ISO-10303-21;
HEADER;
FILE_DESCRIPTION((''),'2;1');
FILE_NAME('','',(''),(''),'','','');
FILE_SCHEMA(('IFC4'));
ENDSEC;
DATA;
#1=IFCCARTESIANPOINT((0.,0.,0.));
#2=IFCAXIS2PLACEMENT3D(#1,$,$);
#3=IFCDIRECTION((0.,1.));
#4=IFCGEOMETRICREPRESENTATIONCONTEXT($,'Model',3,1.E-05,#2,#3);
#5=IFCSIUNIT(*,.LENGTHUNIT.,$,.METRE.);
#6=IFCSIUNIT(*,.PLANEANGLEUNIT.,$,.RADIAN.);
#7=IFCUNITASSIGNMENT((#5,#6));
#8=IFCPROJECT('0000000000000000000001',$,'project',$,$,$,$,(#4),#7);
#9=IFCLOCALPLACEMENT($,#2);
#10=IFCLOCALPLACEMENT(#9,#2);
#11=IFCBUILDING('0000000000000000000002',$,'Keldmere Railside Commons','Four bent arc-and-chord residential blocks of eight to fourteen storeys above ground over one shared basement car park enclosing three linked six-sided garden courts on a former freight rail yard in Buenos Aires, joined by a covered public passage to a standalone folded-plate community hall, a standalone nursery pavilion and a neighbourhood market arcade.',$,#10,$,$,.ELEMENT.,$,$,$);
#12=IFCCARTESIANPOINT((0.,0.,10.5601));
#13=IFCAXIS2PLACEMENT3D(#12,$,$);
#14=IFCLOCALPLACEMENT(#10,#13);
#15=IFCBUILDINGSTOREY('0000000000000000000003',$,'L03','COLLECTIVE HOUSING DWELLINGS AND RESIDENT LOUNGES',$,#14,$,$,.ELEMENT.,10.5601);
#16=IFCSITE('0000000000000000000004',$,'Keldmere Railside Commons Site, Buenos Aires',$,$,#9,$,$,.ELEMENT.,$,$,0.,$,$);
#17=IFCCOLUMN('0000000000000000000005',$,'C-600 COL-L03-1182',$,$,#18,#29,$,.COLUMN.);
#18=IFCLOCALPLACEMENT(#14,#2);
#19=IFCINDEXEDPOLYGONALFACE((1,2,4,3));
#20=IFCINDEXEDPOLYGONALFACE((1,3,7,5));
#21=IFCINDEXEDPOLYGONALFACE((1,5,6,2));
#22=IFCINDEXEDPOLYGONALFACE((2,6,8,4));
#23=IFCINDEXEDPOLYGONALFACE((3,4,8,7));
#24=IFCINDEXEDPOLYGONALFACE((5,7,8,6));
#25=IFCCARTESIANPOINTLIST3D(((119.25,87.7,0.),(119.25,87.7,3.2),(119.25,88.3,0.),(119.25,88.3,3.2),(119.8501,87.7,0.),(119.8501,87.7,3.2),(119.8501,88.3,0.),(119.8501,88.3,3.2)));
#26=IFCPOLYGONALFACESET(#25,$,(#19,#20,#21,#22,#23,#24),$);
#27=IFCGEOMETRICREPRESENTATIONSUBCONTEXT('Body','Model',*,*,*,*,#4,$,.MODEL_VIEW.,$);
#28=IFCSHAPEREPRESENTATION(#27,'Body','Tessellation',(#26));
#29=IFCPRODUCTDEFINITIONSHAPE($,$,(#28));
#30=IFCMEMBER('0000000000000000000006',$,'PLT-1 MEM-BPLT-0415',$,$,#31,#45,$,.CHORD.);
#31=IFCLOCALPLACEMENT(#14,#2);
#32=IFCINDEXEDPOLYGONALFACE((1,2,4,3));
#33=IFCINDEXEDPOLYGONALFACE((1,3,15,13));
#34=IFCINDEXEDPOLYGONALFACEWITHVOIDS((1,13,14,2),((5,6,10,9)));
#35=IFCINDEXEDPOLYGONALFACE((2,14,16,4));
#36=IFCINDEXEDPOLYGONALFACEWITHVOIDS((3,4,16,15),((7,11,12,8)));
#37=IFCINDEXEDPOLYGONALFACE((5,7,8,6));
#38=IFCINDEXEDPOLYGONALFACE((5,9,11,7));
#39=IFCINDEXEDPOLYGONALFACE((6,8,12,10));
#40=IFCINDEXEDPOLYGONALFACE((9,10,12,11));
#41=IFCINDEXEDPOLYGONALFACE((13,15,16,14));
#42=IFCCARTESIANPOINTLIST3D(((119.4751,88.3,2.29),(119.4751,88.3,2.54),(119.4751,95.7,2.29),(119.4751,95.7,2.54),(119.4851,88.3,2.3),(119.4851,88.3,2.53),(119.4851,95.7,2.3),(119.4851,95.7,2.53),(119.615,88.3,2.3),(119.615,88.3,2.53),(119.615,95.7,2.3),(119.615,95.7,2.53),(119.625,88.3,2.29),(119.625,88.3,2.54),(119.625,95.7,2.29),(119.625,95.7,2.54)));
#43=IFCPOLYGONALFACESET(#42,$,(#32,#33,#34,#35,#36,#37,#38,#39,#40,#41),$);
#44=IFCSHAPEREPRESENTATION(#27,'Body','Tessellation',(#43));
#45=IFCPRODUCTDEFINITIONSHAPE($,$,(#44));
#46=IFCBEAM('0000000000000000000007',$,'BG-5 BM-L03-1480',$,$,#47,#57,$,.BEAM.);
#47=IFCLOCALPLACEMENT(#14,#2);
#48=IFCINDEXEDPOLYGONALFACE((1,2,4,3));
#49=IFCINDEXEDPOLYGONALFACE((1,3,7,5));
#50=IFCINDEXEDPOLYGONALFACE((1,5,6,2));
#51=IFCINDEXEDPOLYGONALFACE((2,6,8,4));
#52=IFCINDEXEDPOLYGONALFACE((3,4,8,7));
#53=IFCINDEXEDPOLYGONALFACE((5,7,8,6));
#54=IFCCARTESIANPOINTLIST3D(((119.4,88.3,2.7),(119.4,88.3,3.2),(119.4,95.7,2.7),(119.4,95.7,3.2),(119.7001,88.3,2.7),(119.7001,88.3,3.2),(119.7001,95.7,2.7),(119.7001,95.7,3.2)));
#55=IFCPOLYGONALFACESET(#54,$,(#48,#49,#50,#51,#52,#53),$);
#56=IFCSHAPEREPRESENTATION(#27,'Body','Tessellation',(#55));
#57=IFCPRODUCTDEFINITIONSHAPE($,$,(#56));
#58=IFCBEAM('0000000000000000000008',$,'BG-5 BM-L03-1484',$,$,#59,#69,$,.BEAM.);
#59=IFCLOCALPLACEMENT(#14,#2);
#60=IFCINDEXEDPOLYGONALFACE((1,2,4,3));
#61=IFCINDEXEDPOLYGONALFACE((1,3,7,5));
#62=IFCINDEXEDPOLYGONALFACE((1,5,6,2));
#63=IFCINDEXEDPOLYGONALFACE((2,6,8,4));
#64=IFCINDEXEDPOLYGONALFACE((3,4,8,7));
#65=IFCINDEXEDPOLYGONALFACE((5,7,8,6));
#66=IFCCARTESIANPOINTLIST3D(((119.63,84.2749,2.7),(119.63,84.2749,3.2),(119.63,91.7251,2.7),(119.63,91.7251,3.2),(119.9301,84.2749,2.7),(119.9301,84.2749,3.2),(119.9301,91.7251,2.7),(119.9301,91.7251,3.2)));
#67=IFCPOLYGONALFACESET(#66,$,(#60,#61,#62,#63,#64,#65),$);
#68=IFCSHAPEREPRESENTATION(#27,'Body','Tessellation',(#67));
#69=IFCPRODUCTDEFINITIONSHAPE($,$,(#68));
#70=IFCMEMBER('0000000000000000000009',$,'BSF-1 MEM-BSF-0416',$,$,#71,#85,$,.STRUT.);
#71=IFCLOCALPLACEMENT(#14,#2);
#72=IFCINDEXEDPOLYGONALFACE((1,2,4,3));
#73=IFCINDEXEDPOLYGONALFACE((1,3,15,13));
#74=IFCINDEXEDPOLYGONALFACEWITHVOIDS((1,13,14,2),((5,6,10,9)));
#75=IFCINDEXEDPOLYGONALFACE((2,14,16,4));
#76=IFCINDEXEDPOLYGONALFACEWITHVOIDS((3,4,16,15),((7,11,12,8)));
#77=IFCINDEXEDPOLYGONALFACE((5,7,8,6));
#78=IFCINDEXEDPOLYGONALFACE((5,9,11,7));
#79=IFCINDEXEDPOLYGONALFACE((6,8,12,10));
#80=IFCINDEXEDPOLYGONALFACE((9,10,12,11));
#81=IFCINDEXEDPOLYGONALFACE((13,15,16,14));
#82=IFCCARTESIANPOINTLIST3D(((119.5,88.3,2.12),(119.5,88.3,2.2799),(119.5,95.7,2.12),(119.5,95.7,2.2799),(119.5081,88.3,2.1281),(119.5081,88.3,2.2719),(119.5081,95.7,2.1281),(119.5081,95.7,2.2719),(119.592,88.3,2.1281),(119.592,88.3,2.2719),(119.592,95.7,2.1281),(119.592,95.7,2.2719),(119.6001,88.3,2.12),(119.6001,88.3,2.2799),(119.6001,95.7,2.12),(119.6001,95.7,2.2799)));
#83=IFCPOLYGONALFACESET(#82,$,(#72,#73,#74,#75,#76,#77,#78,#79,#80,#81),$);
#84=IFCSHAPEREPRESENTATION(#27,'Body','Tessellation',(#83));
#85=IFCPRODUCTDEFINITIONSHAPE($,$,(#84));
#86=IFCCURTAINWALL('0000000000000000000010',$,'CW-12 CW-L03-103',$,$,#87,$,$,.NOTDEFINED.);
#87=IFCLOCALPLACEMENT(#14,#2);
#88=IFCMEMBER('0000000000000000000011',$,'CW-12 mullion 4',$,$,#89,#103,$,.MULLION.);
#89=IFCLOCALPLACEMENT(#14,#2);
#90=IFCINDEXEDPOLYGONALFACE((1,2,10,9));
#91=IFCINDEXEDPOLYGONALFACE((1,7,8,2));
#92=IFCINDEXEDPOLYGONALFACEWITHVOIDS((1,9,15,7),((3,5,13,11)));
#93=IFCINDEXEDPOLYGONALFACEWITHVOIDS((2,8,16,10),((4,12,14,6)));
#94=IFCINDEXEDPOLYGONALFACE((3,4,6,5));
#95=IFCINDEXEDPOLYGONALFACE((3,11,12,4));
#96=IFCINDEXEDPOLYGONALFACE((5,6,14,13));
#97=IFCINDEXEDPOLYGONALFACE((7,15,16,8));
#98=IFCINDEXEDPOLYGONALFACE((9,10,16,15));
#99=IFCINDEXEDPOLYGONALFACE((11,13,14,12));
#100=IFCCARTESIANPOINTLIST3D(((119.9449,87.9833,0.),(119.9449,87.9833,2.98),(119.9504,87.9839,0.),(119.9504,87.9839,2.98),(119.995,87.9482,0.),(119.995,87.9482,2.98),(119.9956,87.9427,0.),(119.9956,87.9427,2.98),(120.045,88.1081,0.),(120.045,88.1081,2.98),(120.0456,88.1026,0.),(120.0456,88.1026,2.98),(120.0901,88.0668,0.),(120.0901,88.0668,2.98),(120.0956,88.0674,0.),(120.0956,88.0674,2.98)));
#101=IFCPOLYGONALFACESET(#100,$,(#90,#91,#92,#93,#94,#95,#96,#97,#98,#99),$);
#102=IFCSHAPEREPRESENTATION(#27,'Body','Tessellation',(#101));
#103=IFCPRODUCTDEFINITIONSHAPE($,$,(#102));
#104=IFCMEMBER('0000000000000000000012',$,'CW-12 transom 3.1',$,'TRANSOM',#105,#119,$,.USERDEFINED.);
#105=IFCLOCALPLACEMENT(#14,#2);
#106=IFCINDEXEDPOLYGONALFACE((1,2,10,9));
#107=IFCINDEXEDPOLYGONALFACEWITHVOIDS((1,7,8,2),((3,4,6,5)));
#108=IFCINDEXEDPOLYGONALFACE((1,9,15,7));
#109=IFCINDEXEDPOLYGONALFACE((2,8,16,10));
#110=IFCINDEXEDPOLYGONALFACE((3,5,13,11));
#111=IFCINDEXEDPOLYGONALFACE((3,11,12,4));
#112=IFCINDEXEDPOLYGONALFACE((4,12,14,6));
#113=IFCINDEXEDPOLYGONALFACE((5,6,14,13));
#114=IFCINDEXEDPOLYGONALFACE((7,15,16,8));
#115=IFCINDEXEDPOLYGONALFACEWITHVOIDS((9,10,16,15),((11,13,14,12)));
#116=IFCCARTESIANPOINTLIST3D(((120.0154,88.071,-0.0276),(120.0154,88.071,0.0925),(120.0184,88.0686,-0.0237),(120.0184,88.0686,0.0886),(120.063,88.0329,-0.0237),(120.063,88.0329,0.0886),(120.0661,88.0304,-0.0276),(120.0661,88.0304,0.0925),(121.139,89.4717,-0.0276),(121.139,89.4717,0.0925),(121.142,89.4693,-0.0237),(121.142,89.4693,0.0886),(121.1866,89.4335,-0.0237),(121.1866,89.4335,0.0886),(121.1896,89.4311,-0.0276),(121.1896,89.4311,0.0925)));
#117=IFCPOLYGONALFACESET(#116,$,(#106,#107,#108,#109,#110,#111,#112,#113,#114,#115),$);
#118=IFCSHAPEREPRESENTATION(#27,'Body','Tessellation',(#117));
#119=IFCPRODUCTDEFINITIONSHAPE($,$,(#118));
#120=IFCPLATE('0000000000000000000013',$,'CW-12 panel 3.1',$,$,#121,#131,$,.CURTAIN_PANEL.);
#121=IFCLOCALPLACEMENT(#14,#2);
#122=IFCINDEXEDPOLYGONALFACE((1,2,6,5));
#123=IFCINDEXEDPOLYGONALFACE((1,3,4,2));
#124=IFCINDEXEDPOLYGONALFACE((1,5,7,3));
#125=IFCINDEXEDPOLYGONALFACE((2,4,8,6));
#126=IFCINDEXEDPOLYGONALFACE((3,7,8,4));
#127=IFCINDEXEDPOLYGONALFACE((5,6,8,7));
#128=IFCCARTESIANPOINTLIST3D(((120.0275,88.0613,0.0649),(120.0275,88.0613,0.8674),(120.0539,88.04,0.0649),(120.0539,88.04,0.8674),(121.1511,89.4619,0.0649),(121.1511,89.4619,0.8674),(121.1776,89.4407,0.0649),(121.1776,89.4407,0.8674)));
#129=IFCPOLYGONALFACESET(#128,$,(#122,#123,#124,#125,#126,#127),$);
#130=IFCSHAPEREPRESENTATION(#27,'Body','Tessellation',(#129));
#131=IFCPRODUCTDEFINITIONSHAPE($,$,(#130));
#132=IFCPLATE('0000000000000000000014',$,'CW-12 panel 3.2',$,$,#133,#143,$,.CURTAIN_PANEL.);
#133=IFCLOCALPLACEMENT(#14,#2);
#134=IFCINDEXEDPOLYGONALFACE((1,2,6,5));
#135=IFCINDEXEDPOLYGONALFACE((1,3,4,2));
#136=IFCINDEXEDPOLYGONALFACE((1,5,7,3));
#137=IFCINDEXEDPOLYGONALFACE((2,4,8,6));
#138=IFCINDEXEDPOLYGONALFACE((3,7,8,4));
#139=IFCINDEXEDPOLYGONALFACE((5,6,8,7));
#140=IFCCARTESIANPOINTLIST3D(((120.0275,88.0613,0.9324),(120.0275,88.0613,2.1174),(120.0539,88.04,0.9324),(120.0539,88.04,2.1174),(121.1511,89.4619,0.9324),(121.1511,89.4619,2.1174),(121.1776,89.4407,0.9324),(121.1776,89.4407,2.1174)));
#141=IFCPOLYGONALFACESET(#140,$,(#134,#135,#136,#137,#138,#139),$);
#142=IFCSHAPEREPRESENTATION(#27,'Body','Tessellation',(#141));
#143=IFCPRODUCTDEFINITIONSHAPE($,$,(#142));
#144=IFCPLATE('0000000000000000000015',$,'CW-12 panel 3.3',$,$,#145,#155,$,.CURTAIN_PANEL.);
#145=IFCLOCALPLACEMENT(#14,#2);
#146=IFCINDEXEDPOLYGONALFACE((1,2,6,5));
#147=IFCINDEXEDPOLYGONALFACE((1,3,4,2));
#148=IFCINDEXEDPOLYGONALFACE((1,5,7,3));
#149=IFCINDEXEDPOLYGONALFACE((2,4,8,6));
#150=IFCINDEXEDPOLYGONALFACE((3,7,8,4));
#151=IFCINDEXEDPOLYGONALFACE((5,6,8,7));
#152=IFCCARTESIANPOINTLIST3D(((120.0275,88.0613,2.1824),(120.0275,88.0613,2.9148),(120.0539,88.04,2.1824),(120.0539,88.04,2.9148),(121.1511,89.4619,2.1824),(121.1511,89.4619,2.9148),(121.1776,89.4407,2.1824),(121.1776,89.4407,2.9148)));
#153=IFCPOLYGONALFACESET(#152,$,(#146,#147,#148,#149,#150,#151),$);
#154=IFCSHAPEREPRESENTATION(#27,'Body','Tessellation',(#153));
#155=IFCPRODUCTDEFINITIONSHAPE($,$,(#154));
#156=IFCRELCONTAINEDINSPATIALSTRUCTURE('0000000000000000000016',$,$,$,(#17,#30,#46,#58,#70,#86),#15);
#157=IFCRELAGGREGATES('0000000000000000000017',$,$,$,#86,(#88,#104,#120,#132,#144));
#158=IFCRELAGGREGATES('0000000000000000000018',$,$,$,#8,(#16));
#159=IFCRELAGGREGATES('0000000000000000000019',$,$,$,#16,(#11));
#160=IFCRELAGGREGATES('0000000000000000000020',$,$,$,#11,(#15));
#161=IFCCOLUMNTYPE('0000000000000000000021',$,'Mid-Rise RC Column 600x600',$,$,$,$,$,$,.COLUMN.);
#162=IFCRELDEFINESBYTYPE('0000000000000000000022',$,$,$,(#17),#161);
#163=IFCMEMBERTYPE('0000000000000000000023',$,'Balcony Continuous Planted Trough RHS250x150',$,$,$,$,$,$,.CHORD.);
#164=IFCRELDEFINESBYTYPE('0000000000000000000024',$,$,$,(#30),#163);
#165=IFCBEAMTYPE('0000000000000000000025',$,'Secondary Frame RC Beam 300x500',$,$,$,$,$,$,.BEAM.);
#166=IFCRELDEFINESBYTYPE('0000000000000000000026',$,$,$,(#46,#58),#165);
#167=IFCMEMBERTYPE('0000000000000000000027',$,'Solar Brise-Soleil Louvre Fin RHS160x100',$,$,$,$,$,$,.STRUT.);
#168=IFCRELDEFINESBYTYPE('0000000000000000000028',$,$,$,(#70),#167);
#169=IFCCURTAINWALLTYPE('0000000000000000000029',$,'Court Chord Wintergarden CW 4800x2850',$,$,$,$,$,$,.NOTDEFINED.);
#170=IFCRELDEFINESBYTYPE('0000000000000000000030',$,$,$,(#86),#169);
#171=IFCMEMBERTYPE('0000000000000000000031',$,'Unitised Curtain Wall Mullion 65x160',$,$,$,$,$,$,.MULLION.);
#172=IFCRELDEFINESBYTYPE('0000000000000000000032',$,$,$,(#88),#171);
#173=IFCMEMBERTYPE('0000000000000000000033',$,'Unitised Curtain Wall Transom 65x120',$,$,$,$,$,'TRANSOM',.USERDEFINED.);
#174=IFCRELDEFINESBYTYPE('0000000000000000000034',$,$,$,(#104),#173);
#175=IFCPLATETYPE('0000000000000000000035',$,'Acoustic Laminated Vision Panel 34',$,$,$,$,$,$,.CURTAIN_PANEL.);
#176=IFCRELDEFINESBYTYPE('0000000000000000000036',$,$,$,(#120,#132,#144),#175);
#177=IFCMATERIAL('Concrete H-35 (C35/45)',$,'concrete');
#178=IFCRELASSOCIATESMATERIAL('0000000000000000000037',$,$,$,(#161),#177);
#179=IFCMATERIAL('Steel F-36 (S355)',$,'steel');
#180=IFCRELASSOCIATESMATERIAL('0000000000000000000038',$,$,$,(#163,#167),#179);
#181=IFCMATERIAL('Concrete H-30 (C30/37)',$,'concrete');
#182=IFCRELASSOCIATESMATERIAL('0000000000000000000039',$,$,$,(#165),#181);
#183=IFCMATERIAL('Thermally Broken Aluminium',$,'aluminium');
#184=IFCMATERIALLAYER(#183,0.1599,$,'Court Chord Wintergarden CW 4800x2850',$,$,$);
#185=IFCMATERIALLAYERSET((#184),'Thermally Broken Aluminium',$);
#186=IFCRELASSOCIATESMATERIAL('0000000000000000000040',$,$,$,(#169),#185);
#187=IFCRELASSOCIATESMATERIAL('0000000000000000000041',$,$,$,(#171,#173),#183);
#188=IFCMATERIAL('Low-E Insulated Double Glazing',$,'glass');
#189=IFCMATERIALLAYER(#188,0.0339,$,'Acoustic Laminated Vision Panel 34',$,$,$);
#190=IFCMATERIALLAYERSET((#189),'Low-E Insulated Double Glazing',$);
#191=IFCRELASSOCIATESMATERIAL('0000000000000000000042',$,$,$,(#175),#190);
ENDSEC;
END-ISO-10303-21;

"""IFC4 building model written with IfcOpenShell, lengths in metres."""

from ifc_helpers import new_model, si_unit, direction, frame, origin, origin_2d, place, context, subcontext, project, spatial, rectangle, hollow_rectangle, extrude, material, layer, layer_set, material_profile, profile_set, type_object, element, aggregate, save


model = new_model("IFC4")

# Units and contexts
model_context = context("Model", 3, precision=1e-05, world=origin(), true_north=direction((0.0, 1.0)))
body_context = subcontext(model_context, "Body", "Model", "MODEL_VIEW")
ifc_project = project(units=[si_unit("LENGTHUNIT", "METRE"), si_unit("PLANEANGLEUNIT", "RADIAN")], contexts=[model_context])

# Site, building, storey
site_placement = place(None, origin())
site = spatial("IfcSite", under=ifc_project, at=site_placement, Name="Keldmere Railside Commons Site, Buenos Aires", CompositionType="ELEMENT", RefElevation=0.0)
building_placement = place(site_placement, origin())
building = spatial("IfcBuilding", under=site, at=building_placement, Name="Keldmere Railside Commons", Description="Four bent arc-and-chord residential blocks of eight to fourteen storeys above ground over one shared basement car park enclosing three linked six-sided garden courts on a former freight rail yard in Buenos Aires, joined by a covered public passage to a standalone folded-plate community hall, a standalone nursery pavilion and a neighbourhood market arcade.", CompositionType="ELEMENT")
storey_placement = place(building_placement, frame((0.0, 0.0, 10.5601)))
storey = spatial("IfcBuildingStorey", under=building, at=storey_placement, Name="L03", Description="COLLECTIVE HOUSING DWELLINGS AND RESIDENT LOUNGES", CompositionType="ELEMENT", Elevation=10.5601)

# Column
ifc_material_1 = material(Name="Concrete H-35 (C35/45)", Category="concrete")
ifc_material_profile_1 = material_profile(ifc_material_1, rectangle(XDim=0.6001, YDim=0.6001, at=origin_2d()), Name="RC-600x600")
ifc_profile_set_1 = profile_set([ifc_material_profile_1], Name="Concrete H-35 (C35/45)")
column_type = type_object("IfcColumnType", Name="Mid-Rise RC Column 600x600", PredefinedType="COLUMN", material=ifc_profile_set_1)
column_placement = place(storey_placement, frame((119.55, 88.0, 0.0), z_axis=(0.0, 0.0, 1.0), x_axis=(1.0, 0.0, 0.0)))
element("IfcColumn", 1, at=column_placement, inside=storey, type_object=column_type, Name="C-600 COL-L03-1182", PredefinedType="COLUMN", context=body_context, shape_type="SweptSolid", body=[
    extrude(rectangle(XDim=0.6001, YDim=0.6001, at=origin_2d()), origin(), (0.0, 0.0, 1.0), 3.2),
])

# Member
ifc_material_2 = material(Name="Steel F-36 (S355)", Category="steel")
ifc_material_profile_2 = material_profile(ifc_material_2, hollow_rectangle(XDim=0.1499, YDim=0.25, WallThickness=0.01, at=origin_2d()), Name="RHS-250x150x10")
ifc_profile_set_2 = profile_set([ifc_material_profile_2], Name="Steel F-36 (S355)")
member_type_1 = type_object("IfcMemberType", Name="Balcony Continuous Planted Trough RHS250x150", PredefinedType="CHORD", material=ifc_profile_set_2)
member_1_placement = place(storey_placement, frame((119.55, 88.3, 2.415), z_axis=(0.0, 1.0, 0.0), x_axis=(-1.0, 0.0, 0.0)))
element("IfcMember", 2, at=member_1_placement, inside=storey, type_object=member_type_1, Name="PLT-1 MEM-BPLT-0415", PredefinedType="CHORD", context=body_context, shape_type="SweptSolid", body=[
    extrude(hollow_rectangle(XDim=0.1499, YDim=0.25, WallThickness=0.01, at=origin_2d()), origin(), (0.0, 0.0, 1.0), 7.3999),
])

# Beams
ifc_material_3 = material(Name="Concrete H-30 (C30/37)", Category="concrete")
ifc_material_profile_3 = material_profile(ifc_material_3, rectangle(XDim=0.3, YDim=0.5, at=origin_2d()), Name="RC-300x500")
ifc_profile_set_3 = profile_set([ifc_material_profile_3], Name="Concrete H-30 (C30/37)")
beam_type = type_object("IfcBeamType", Name="Secondary Frame RC Beam 300x500", PredefinedType="BEAM", material=ifc_profile_set_3)
beam_1_placement = place(storey_placement, frame((119.55, 88.3, 2.95), z_axis=(0.0, 1.0, 0.0), x_axis=(-1.0, 0.0, 0.0)))
element("IfcBeam", 3, at=beam_1_placement, inside=storey, type_object=beam_type, Name="BG-5 BM-L03-1480", PredefinedType="BEAM", context=body_context, shape_type="SweptSolid", body=[
    extrude(rectangle(XDim=0.3, YDim=0.5, at=origin_2d()), origin(), (0.0, 0.0, 1.0), 7.3999),
])
beam_2_placement = place(storey_placement, frame((119.78, 84.2749, 2.95), z_axis=(0.0, 1.0, 0.0), x_axis=(-1.0, 0.0, 0.0)))
element("IfcBeam", 4, at=beam_2_placement, inside=storey, type_object=beam_type, Name="BG-5 BM-L03-1484", PredefinedType="BEAM", context=body_context, shape_type="SweptSolid", body=[
    extrude(rectangle(XDim=0.3, YDim=0.5, at=origin_2d()), origin(), (0.0, 0.0, 1.0), 7.4502),
])

# Member
ifc_material_profile_4 = material_profile(ifc_material_2, hollow_rectangle(XDim=0.1001, YDim=0.1599, WallThickness=0.0081, at=origin_2d()), Name="RHS-160x100x8")
ifc_profile_set_4 = profile_set([ifc_material_profile_4], Name="Steel F-36 (S355)")
member_type_2 = type_object("IfcMemberType", Name="Solar Brise-Soleil Louvre Fin RHS160x100", PredefinedType="STRUT", material=ifc_profile_set_4)
member_2_placement = place(storey_placement, frame((119.55, 88.3, 2.2), z_axis=(0.0, 1.0, 0.0), x_axis=(-1.0, 0.0, 0.0)))
element("IfcMember", 5, at=member_2_placement, inside=storey, type_object=member_type_2, Name="BSF-1 MEM-BSF-0416", PredefinedType="STRUT", context=body_context, shape_type="SweptSolid", body=[
    extrude(hollow_rectangle(XDim=0.1001, YDim=0.1599, WallThickness=0.0081, at=origin_2d()), origin(), (0.0, 0.0, 1.0), 7.3999),
])

# Curtain wall, members, plates
ifc_material_4 = material(Name="Thermally Broken Aluminium", Category="aluminium")
ifc_layer_1 = layer(ifc_material_4, 0.1599, Name="Court Chord Wintergarden CW 4800x2850")
ifc_layer_set_1 = layer_set([ifc_layer_1], Name="Thermally Broken Aluminium")
curtain_wall_type = type_object("IfcCurtainWallType", Name="Court Chord Wintergarden CW 4800x2850", PredefinedType="NOTDEFINED", material=ifc_layer_set_1)
curtain_wall_placement = place(storey_placement, origin())
curtain_wall = element("IfcCurtainWall", 6, at=curtain_wall_placement, inside=storey, type_object=curtain_wall_type, Name="CW-12 CW-L03-103", PredefinedType="NOTDEFINED")
ifc_material_profile_5 = material_profile(ifc_material_4, hollow_rectangle(XDim=0.0649, YDim=0.1599, WallThickness=0.0039, at=origin_2d()), Name="ALU-MULL-65x160")
ifc_profile_set_5 = profile_set([ifc_material_profile_5], Name="Thermally Broken Aluminium")
member_type_3 = type_object("IfcMemberType", Name="Unitised Curtain Wall Mullion 65x160", PredefinedType="MULLION", material=ifc_profile_set_5)
member_3_placement = place(storey_placement, frame((120.0203, 88.0254, 0.0), z_axis=(0.0, 0.0, 1.0), x_axis=(0.780009, -0.625768, 0.0)))
member_3 = element("IfcMember", 7, at=member_3_placement, type_object=member_type_3, Name="CW-12 mullion 4", PredefinedType="MULLION", context=body_context, shape_type="SweptSolid", body=[
    extrude(hollow_rectangle(XDim=0.0649, YDim=0.1599, WallThickness=0.0039, at=origin_2d()), origin(), (0.0, 0.0, 1.0), 2.98),
])
ifc_material_profile_6 = material_profile(ifc_material_4, hollow_rectangle(XDim=0.0649, YDim=0.1201, WallThickness=0.0039, at=origin_2d()), Name="ALU-TRAN-65x120")
ifc_profile_set_6 = profile_set([ifc_material_profile_6], Name="Thermally Broken Aluminium")
member_type_4 = type_object("IfcMemberType", Name="Unitised Curtain Wall Transom 65x120", ElementType="TRANSOM", PredefinedType="USERDEFINED", material=ifc_profile_set_6)
member_4_placement = place(storey_placement, frame((121.1643, 89.4514, 0.0325), z_axis=(-0.625723, -0.780046, 0.0), x_axis=(0.780046, -0.625723, 0.0)))
member_4 = element("IfcMember", 8, at=member_4_placement, type_object=member_type_4, Name="CW-12 transom 3.1", ObjectType="TRANSOM", PredefinedType="USERDEFINED", context=body_context, shape_type="SweptSolid", body=[
    extrude(hollow_rectangle(XDim=0.0649, YDim=0.1201, WallThickness=0.0039, at=origin_2d()), origin(), (0.0, 0.0, 1.0), 1.7957),
])
ifc_material_5 = material(Name="Low-E Insulated Double Glazing", Category="glass")
ifc_layer_2 = layer(ifc_material_5, 0.0339, Name="Acoustic Laminated Vision Panel 34")
ifc_layer_set_2 = layer_set([ifc_layer_2], Name="Low-E Insulated Double Glazing")
plate_type = type_object("IfcPlateType", Name="Acoustic Laminated Vision Panel 34", PredefinedType="CURTAIN_PANEL", material=ifc_layer_set_2)
plate_1_placement = place(storey_placement, frame((120.6025, 88.751, 0.0649), z_axis=(0.0, 0.0, 1.0), x_axis=(-0.625768, -0.780009, 0.0)))
plate_1 = element("IfcPlate", 9, at=plate_1_placement, type_object=plate_type, Name="CW-12 panel 3.1", PredefinedType="CURTAIN_PANEL", context=body_context, shape_type="SweptSolid", body=[
    extrude(rectangle(XDim=1.7957, YDim=0.0339, at=origin_2d()), origin(), (0.0, 0.0, 1.0), 0.8025),
])
plate_2_placement = place(storey_placement, frame((120.6025, 88.751, 0.9324), z_axis=(0.0, 0.0, 1.0), x_axis=(-0.625768, -0.780009, 0.0)))
plate_2 = element("IfcPlate", 10, at=plate_2_placement, type_object=plate_type, Name="CW-12 panel 3.2", PredefinedType="CURTAIN_PANEL", context=body_context, shape_type="SweptSolid", body=[
    extrude(rectangle(XDim=1.7957, YDim=0.0339, at=origin_2d()), origin(), (0.0, 0.0, 1.0), 1.1851),
])
plate_3_placement = place(storey_placement, frame((120.6025, 88.751, 2.1824), z_axis=(0.0, 0.0, 1.0), x_axis=(-0.625768, -0.780009, 0.0)))
plate_3 = element("IfcPlate", 11, at=plate_3_placement, type_object=plate_type, Name="CW-12 panel 3.3", PredefinedType="CURTAIN_PANEL", context=body_context, shape_type="SweptSolid", body=[
    extrude(rectangle(XDim=1.7957, YDim=0.0339, at=origin_2d()), origin(), (0.0, 0.0, 1.0), 0.7324),
])
aggregate(curtain_wall, [member_3, member_4, plate_1, plate_2, plate_3])

save(model, "model.ifc")
